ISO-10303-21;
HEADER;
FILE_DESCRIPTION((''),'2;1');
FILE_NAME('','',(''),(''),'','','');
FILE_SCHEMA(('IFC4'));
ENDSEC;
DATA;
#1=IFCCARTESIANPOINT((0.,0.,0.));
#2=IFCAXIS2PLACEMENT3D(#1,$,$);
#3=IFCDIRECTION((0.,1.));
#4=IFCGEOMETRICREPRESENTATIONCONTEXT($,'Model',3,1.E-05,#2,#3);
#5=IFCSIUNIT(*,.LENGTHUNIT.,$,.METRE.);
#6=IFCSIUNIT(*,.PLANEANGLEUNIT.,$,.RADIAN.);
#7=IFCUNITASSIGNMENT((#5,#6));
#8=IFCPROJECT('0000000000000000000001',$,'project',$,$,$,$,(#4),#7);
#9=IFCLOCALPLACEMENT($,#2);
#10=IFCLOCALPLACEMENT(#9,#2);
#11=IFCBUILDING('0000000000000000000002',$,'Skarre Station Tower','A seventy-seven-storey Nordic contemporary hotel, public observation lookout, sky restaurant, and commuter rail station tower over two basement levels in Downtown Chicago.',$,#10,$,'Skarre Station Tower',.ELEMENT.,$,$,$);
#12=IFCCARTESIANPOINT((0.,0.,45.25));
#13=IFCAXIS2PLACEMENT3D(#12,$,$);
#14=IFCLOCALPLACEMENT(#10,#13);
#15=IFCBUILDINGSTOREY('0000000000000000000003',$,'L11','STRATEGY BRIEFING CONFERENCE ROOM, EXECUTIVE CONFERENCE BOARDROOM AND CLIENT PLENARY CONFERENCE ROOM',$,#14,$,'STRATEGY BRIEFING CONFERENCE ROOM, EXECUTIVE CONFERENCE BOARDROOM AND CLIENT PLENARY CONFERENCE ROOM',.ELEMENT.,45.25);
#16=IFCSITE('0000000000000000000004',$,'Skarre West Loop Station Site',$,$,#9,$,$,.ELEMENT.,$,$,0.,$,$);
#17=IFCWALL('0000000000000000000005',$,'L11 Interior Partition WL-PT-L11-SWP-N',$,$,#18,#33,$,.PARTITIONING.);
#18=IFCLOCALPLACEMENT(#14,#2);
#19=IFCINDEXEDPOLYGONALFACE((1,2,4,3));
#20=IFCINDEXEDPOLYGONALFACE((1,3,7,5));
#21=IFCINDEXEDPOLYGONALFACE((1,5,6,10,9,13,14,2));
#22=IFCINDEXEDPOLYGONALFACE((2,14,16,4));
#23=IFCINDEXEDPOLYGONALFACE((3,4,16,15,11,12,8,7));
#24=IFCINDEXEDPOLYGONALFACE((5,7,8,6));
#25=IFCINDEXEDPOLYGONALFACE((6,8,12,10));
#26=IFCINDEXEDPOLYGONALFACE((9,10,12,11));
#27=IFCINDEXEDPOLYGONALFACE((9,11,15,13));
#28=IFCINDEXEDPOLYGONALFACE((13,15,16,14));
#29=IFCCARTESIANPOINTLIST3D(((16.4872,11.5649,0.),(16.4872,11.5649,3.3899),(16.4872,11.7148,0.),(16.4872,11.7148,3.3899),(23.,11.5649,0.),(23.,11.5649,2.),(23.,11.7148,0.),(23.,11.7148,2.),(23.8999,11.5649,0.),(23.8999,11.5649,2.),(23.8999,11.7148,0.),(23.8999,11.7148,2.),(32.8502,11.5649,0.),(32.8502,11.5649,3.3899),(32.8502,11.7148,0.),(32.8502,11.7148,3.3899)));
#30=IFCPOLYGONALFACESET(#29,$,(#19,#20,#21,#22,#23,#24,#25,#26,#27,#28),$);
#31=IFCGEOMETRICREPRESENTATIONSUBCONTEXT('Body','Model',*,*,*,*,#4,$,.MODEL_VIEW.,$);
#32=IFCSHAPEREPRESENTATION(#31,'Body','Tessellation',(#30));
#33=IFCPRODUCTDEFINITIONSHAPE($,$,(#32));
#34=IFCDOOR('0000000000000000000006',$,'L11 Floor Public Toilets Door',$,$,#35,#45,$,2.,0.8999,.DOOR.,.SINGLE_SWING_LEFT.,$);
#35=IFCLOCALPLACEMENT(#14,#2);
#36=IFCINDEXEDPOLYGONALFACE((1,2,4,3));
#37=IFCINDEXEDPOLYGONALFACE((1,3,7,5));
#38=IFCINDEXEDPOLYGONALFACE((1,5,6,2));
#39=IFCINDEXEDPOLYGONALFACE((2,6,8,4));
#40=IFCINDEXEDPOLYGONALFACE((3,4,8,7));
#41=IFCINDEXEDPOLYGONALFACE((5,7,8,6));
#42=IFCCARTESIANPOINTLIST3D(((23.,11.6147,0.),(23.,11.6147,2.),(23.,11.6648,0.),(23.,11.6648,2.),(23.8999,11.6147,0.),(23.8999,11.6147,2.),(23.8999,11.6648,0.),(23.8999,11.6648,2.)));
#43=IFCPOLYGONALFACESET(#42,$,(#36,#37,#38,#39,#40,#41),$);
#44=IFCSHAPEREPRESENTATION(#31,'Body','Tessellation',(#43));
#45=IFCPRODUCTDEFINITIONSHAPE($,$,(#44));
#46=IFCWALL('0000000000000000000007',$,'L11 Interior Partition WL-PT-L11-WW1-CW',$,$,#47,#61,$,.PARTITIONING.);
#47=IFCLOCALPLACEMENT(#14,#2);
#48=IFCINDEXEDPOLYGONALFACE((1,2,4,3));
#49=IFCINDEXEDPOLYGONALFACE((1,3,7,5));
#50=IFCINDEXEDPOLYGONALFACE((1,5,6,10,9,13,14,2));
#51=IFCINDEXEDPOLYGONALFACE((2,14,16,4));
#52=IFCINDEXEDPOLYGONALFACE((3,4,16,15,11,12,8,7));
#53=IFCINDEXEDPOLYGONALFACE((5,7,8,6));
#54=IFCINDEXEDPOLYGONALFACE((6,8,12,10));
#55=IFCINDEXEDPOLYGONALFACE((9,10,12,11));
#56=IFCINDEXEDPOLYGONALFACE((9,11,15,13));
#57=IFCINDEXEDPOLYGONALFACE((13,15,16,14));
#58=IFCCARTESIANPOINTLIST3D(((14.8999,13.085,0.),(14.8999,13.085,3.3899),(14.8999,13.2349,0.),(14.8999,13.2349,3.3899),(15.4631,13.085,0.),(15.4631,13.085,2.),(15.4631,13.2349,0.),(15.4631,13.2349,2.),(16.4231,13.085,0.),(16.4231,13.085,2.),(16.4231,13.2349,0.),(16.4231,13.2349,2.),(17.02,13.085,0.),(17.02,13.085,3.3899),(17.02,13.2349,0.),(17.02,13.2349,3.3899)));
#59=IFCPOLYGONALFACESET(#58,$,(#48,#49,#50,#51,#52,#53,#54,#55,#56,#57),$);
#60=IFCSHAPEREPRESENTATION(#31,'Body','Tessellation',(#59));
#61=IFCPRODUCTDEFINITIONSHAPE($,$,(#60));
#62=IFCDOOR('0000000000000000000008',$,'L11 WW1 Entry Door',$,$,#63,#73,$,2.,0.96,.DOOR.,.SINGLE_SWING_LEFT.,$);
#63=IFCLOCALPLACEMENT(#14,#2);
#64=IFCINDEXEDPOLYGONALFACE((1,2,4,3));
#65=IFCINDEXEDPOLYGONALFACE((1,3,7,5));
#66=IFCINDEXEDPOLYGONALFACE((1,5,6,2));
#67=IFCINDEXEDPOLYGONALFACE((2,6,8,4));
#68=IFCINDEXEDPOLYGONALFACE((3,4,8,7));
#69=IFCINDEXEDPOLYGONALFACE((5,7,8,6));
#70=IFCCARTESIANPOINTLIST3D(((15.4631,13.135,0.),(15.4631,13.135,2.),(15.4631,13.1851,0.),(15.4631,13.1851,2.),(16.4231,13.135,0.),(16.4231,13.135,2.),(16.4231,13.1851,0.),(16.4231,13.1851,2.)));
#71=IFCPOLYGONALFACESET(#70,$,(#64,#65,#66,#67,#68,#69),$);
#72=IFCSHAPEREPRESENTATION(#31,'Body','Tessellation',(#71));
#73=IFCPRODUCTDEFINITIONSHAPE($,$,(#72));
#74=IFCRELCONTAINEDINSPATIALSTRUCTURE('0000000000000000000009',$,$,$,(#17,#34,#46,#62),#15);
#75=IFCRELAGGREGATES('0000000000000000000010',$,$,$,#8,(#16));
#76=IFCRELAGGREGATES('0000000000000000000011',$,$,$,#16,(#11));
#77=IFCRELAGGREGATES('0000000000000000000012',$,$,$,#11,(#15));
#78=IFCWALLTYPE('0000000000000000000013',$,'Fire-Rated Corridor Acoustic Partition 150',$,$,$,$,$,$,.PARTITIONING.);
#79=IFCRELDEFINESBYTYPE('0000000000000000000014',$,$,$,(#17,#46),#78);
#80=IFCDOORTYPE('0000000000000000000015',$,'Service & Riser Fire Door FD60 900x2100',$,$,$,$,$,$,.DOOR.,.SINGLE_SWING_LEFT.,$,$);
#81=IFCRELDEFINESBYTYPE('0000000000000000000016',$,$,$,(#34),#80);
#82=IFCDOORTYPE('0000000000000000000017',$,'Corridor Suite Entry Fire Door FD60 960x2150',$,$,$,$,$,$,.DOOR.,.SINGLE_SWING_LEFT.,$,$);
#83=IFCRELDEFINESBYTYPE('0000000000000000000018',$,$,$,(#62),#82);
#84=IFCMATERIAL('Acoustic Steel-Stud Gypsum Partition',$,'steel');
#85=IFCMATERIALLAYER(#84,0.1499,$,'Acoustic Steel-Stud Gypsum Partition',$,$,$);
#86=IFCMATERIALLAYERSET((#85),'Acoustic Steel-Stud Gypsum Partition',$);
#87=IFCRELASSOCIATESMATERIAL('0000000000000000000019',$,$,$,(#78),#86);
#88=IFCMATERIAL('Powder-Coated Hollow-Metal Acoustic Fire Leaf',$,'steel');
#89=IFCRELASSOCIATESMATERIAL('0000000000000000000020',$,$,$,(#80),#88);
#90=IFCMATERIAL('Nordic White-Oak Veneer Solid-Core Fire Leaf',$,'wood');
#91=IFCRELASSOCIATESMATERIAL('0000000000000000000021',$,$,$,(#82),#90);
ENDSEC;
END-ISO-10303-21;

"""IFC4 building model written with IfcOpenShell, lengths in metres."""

from ifc_helpers import new_model, si_unit, direction, frame, frame_2d, origin, place, context, subcontext, project, spatial, rectangle, extrude, material, layer, layer_set, type_object, element, fill, save


model = new_model("IFC4")

# Units and contexts
model_context = context("Model", 3, precision=1e-05, world=origin(), true_north=direction((0.0, 1.0)))
body_context = subcontext(model_context, "Body", "Model", "MODEL_VIEW")
ifc_project = project(units=[si_unit("LENGTHUNIT", "METRE"), si_unit("PLANEANGLEUNIT", "RADIAN")], contexts=[model_context])

# Site, building, storey
site_placement = place(None, origin())
site = spatial("IfcSite", under=ifc_project, at=site_placement, Name="Skarre West Loop Station Site", CompositionType="ELEMENT", RefElevation=0.0)
building_placement = place(site_placement, origin())
building = spatial("IfcBuilding", under=site, at=building_placement, Name="Skarre Station Tower", Description="A seventy-seven-storey Nordic contemporary hotel, public observation lookout, sky restaurant, and commuter rail station tower over two basement levels in Downtown Chicago.", LongName="Skarre Station Tower", CompositionType="ELEMENT")
storey_placement = place(building_placement, frame((0.0, 0.0, 45.25)))
storey = spatial("IfcBuildingStorey", under=building, at=storey_placement, Name="L11", Description="STRATEGY BRIEFING CONFERENCE ROOM, EXECUTIVE CONFERENCE BOARDROOM AND CLIENT PLENARY CONFERENCE ROOM", LongName="STRATEGY BRIEFING CONFERENCE ROOM, EXECUTIVE CONFERENCE BOARDROOM AND CLIENT PLENARY CONFERENCE ROOM", CompositionType="ELEMENT", Elevation=45.25)

# Shared definitions
ifc_material_1 = material(Name="Acoustic Steel-Stud Gypsum Partition", Category="steel")
ifc_layer_1 = layer(ifc_material_1, 0.1499, Name="Acoustic Steel-Stud Gypsum Partition")
ifc_layer_set_1 = layer_set([ifc_layer_1], Name="Acoustic Steel-Stud Gypsum Partition")
wall_type_1 = type_object("IfcWallType", Name="Fire-Rated Corridor Acoustic Partition 150", PredefinedType="PARTITIONING", material=ifc_layer_set_1)

# Walls, openings, doors
wall_1_placement = place(storey_placement, frame((16.4871, 11.6399, 0.0), z_axis=(0.0, 0.0, 1.0), x_axis=(1.0, 0.0, 0.0)))
wall_1 = element("IfcWall", 1, at=wall_1_placement, inside=storey, type_object=wall_type_1, Name="L11 Interior Partition WL-PT-L11-SWP-N", PredefinedType="PARTITIONING", context=body_context, shape_type="SweptSolid", body=[
    extrude(rectangle(XDim=16.363, YDim=0.1499, at=frame_2d((8.1816, 0.0))), origin(), (0.0, 0.0, 1.0), 3.3899),
])
opening_1_placement = place(wall_1_placement, frame((6.5129, 0.0, 0.0)))
opening_1 = element("IfcOpeningElement", 2, at=opening_1_placement, cuts=wall_1, PredefinedType="OPENING", context=body_context, shape_type="SweptSolid", body=[
    extrude(rectangle(XDim=0.8999, YDim=2.0, at=frame_2d((0.45, 1.0))), frame((0.0, 0.085, 0.0), z_axis=(0.0, -1.0, 0.0), x_axis=(1.0, 0.0, 0.0)), (0.0, 0.0, 1.0), 0.1699),
])
ifc_material_2 = material(Name="Powder-Coated Hollow-Metal Acoustic Fire Leaf", Category="steel")
door_type_1 = type_object("IfcDoorType", Name="Service & Riser Fire Door FD60 900x2100", OperationType="SINGLE_SWING_LEFT", PredefinedType="DOOR", material=ifc_material_2)
door_1_placement = place(opening_1_placement, origin())
door_1 = element("IfcDoor", 3, at=door_1_placement, inside=storey, type_object=door_type_1, Name="L11 Floor Public Toilets Door", OperationType="SINGLE_SWING_LEFT", OverallHeight=2.0, OverallWidth=0.8999, PredefinedType="DOOR", context=body_context, shape_type="SweptSolid", body=[
    extrude(rectangle(XDim=0.8999, YDim=2.0, at=frame_2d((0.45, 1.0))), frame((0.0, 0.0249, 0.0), z_axis=(0.0, -1.0, 0.0), x_axis=(1.0, 0.0, 0.0)), (0.0, 0.0, 1.0), 0.05),
])
fill(opening_1, door_1)
wall_2_placement = place(storey_placement, frame((17.02, 13.1599, 0.0), z_axis=(0.0, 0.0, 1.0), x_axis=(-1.0, 0.0, 0.0)))
wall_2 = element("IfcWall", 4, at=wall_2_placement, inside=storey, type_object=wall_type_1, Name="L11 Interior Partition WL-PT-L11-WW1-CW", PredefinedType="PARTITIONING", context=body_context, shape_type="SweptSolid", body=[
    extrude(rectangle(XDim=2.1201, YDim=0.1499, at=frame_2d((1.0601, 0.0))), origin(), (0.0, 0.0, 1.0), 3.3899),
])
opening_2_placement = place(wall_2_placement, frame((0.5969, 0.0, 0.0)))
opening_2 = element("IfcOpeningElement", 5, at=opening_2_placement, cuts=wall_2, PredefinedType="OPENING", context=body_context, shape_type="SweptSolid", body=[
    extrude(rectangle(XDim=0.96, YDim=2.0, at=frame_2d((0.48, 1.0))), frame((0.0, 0.085, 0.0), z_axis=(0.0, -1.0, 0.0), x_axis=(1.0, 0.0, 0.0)), (0.0, 0.0, 1.0), 0.1699),
])
ifc_material_3 = material(Name="Nordic White-Oak Veneer Solid-Core Fire Leaf", Category="wood")
door_type_2 = type_object("IfcDoorType", Name="Corridor Suite Entry Fire Door FD60 960x2150", OperationType="SINGLE_SWING_LEFT", PredefinedType="DOOR", material=ifc_material_3)
door_2_placement = place(opening_2_placement, origin())
door_2 = element("IfcDoor", 6, at=door_2_placement, inside=storey, type_object=door_type_2, Name="L11 WW1 Entry Door", OperationType="SINGLE_SWING_LEFT", OverallHeight=2.0, OverallWidth=0.96, PredefinedType="DOOR", context=body_context, shape_type="SweptSolid", body=[
    extrude(rectangle(XDim=0.96, YDim=2.0, at=frame_2d((0.48, 1.0))), frame((0.0, 0.0249, 0.0), z_axis=(0.0, -1.0, 0.0), x_axis=(1.0, 0.0, 0.0)), (0.0, 0.0, 1.0), 0.05),
])
fill(opening_2, door_2)

save(model, "model.ifc")
